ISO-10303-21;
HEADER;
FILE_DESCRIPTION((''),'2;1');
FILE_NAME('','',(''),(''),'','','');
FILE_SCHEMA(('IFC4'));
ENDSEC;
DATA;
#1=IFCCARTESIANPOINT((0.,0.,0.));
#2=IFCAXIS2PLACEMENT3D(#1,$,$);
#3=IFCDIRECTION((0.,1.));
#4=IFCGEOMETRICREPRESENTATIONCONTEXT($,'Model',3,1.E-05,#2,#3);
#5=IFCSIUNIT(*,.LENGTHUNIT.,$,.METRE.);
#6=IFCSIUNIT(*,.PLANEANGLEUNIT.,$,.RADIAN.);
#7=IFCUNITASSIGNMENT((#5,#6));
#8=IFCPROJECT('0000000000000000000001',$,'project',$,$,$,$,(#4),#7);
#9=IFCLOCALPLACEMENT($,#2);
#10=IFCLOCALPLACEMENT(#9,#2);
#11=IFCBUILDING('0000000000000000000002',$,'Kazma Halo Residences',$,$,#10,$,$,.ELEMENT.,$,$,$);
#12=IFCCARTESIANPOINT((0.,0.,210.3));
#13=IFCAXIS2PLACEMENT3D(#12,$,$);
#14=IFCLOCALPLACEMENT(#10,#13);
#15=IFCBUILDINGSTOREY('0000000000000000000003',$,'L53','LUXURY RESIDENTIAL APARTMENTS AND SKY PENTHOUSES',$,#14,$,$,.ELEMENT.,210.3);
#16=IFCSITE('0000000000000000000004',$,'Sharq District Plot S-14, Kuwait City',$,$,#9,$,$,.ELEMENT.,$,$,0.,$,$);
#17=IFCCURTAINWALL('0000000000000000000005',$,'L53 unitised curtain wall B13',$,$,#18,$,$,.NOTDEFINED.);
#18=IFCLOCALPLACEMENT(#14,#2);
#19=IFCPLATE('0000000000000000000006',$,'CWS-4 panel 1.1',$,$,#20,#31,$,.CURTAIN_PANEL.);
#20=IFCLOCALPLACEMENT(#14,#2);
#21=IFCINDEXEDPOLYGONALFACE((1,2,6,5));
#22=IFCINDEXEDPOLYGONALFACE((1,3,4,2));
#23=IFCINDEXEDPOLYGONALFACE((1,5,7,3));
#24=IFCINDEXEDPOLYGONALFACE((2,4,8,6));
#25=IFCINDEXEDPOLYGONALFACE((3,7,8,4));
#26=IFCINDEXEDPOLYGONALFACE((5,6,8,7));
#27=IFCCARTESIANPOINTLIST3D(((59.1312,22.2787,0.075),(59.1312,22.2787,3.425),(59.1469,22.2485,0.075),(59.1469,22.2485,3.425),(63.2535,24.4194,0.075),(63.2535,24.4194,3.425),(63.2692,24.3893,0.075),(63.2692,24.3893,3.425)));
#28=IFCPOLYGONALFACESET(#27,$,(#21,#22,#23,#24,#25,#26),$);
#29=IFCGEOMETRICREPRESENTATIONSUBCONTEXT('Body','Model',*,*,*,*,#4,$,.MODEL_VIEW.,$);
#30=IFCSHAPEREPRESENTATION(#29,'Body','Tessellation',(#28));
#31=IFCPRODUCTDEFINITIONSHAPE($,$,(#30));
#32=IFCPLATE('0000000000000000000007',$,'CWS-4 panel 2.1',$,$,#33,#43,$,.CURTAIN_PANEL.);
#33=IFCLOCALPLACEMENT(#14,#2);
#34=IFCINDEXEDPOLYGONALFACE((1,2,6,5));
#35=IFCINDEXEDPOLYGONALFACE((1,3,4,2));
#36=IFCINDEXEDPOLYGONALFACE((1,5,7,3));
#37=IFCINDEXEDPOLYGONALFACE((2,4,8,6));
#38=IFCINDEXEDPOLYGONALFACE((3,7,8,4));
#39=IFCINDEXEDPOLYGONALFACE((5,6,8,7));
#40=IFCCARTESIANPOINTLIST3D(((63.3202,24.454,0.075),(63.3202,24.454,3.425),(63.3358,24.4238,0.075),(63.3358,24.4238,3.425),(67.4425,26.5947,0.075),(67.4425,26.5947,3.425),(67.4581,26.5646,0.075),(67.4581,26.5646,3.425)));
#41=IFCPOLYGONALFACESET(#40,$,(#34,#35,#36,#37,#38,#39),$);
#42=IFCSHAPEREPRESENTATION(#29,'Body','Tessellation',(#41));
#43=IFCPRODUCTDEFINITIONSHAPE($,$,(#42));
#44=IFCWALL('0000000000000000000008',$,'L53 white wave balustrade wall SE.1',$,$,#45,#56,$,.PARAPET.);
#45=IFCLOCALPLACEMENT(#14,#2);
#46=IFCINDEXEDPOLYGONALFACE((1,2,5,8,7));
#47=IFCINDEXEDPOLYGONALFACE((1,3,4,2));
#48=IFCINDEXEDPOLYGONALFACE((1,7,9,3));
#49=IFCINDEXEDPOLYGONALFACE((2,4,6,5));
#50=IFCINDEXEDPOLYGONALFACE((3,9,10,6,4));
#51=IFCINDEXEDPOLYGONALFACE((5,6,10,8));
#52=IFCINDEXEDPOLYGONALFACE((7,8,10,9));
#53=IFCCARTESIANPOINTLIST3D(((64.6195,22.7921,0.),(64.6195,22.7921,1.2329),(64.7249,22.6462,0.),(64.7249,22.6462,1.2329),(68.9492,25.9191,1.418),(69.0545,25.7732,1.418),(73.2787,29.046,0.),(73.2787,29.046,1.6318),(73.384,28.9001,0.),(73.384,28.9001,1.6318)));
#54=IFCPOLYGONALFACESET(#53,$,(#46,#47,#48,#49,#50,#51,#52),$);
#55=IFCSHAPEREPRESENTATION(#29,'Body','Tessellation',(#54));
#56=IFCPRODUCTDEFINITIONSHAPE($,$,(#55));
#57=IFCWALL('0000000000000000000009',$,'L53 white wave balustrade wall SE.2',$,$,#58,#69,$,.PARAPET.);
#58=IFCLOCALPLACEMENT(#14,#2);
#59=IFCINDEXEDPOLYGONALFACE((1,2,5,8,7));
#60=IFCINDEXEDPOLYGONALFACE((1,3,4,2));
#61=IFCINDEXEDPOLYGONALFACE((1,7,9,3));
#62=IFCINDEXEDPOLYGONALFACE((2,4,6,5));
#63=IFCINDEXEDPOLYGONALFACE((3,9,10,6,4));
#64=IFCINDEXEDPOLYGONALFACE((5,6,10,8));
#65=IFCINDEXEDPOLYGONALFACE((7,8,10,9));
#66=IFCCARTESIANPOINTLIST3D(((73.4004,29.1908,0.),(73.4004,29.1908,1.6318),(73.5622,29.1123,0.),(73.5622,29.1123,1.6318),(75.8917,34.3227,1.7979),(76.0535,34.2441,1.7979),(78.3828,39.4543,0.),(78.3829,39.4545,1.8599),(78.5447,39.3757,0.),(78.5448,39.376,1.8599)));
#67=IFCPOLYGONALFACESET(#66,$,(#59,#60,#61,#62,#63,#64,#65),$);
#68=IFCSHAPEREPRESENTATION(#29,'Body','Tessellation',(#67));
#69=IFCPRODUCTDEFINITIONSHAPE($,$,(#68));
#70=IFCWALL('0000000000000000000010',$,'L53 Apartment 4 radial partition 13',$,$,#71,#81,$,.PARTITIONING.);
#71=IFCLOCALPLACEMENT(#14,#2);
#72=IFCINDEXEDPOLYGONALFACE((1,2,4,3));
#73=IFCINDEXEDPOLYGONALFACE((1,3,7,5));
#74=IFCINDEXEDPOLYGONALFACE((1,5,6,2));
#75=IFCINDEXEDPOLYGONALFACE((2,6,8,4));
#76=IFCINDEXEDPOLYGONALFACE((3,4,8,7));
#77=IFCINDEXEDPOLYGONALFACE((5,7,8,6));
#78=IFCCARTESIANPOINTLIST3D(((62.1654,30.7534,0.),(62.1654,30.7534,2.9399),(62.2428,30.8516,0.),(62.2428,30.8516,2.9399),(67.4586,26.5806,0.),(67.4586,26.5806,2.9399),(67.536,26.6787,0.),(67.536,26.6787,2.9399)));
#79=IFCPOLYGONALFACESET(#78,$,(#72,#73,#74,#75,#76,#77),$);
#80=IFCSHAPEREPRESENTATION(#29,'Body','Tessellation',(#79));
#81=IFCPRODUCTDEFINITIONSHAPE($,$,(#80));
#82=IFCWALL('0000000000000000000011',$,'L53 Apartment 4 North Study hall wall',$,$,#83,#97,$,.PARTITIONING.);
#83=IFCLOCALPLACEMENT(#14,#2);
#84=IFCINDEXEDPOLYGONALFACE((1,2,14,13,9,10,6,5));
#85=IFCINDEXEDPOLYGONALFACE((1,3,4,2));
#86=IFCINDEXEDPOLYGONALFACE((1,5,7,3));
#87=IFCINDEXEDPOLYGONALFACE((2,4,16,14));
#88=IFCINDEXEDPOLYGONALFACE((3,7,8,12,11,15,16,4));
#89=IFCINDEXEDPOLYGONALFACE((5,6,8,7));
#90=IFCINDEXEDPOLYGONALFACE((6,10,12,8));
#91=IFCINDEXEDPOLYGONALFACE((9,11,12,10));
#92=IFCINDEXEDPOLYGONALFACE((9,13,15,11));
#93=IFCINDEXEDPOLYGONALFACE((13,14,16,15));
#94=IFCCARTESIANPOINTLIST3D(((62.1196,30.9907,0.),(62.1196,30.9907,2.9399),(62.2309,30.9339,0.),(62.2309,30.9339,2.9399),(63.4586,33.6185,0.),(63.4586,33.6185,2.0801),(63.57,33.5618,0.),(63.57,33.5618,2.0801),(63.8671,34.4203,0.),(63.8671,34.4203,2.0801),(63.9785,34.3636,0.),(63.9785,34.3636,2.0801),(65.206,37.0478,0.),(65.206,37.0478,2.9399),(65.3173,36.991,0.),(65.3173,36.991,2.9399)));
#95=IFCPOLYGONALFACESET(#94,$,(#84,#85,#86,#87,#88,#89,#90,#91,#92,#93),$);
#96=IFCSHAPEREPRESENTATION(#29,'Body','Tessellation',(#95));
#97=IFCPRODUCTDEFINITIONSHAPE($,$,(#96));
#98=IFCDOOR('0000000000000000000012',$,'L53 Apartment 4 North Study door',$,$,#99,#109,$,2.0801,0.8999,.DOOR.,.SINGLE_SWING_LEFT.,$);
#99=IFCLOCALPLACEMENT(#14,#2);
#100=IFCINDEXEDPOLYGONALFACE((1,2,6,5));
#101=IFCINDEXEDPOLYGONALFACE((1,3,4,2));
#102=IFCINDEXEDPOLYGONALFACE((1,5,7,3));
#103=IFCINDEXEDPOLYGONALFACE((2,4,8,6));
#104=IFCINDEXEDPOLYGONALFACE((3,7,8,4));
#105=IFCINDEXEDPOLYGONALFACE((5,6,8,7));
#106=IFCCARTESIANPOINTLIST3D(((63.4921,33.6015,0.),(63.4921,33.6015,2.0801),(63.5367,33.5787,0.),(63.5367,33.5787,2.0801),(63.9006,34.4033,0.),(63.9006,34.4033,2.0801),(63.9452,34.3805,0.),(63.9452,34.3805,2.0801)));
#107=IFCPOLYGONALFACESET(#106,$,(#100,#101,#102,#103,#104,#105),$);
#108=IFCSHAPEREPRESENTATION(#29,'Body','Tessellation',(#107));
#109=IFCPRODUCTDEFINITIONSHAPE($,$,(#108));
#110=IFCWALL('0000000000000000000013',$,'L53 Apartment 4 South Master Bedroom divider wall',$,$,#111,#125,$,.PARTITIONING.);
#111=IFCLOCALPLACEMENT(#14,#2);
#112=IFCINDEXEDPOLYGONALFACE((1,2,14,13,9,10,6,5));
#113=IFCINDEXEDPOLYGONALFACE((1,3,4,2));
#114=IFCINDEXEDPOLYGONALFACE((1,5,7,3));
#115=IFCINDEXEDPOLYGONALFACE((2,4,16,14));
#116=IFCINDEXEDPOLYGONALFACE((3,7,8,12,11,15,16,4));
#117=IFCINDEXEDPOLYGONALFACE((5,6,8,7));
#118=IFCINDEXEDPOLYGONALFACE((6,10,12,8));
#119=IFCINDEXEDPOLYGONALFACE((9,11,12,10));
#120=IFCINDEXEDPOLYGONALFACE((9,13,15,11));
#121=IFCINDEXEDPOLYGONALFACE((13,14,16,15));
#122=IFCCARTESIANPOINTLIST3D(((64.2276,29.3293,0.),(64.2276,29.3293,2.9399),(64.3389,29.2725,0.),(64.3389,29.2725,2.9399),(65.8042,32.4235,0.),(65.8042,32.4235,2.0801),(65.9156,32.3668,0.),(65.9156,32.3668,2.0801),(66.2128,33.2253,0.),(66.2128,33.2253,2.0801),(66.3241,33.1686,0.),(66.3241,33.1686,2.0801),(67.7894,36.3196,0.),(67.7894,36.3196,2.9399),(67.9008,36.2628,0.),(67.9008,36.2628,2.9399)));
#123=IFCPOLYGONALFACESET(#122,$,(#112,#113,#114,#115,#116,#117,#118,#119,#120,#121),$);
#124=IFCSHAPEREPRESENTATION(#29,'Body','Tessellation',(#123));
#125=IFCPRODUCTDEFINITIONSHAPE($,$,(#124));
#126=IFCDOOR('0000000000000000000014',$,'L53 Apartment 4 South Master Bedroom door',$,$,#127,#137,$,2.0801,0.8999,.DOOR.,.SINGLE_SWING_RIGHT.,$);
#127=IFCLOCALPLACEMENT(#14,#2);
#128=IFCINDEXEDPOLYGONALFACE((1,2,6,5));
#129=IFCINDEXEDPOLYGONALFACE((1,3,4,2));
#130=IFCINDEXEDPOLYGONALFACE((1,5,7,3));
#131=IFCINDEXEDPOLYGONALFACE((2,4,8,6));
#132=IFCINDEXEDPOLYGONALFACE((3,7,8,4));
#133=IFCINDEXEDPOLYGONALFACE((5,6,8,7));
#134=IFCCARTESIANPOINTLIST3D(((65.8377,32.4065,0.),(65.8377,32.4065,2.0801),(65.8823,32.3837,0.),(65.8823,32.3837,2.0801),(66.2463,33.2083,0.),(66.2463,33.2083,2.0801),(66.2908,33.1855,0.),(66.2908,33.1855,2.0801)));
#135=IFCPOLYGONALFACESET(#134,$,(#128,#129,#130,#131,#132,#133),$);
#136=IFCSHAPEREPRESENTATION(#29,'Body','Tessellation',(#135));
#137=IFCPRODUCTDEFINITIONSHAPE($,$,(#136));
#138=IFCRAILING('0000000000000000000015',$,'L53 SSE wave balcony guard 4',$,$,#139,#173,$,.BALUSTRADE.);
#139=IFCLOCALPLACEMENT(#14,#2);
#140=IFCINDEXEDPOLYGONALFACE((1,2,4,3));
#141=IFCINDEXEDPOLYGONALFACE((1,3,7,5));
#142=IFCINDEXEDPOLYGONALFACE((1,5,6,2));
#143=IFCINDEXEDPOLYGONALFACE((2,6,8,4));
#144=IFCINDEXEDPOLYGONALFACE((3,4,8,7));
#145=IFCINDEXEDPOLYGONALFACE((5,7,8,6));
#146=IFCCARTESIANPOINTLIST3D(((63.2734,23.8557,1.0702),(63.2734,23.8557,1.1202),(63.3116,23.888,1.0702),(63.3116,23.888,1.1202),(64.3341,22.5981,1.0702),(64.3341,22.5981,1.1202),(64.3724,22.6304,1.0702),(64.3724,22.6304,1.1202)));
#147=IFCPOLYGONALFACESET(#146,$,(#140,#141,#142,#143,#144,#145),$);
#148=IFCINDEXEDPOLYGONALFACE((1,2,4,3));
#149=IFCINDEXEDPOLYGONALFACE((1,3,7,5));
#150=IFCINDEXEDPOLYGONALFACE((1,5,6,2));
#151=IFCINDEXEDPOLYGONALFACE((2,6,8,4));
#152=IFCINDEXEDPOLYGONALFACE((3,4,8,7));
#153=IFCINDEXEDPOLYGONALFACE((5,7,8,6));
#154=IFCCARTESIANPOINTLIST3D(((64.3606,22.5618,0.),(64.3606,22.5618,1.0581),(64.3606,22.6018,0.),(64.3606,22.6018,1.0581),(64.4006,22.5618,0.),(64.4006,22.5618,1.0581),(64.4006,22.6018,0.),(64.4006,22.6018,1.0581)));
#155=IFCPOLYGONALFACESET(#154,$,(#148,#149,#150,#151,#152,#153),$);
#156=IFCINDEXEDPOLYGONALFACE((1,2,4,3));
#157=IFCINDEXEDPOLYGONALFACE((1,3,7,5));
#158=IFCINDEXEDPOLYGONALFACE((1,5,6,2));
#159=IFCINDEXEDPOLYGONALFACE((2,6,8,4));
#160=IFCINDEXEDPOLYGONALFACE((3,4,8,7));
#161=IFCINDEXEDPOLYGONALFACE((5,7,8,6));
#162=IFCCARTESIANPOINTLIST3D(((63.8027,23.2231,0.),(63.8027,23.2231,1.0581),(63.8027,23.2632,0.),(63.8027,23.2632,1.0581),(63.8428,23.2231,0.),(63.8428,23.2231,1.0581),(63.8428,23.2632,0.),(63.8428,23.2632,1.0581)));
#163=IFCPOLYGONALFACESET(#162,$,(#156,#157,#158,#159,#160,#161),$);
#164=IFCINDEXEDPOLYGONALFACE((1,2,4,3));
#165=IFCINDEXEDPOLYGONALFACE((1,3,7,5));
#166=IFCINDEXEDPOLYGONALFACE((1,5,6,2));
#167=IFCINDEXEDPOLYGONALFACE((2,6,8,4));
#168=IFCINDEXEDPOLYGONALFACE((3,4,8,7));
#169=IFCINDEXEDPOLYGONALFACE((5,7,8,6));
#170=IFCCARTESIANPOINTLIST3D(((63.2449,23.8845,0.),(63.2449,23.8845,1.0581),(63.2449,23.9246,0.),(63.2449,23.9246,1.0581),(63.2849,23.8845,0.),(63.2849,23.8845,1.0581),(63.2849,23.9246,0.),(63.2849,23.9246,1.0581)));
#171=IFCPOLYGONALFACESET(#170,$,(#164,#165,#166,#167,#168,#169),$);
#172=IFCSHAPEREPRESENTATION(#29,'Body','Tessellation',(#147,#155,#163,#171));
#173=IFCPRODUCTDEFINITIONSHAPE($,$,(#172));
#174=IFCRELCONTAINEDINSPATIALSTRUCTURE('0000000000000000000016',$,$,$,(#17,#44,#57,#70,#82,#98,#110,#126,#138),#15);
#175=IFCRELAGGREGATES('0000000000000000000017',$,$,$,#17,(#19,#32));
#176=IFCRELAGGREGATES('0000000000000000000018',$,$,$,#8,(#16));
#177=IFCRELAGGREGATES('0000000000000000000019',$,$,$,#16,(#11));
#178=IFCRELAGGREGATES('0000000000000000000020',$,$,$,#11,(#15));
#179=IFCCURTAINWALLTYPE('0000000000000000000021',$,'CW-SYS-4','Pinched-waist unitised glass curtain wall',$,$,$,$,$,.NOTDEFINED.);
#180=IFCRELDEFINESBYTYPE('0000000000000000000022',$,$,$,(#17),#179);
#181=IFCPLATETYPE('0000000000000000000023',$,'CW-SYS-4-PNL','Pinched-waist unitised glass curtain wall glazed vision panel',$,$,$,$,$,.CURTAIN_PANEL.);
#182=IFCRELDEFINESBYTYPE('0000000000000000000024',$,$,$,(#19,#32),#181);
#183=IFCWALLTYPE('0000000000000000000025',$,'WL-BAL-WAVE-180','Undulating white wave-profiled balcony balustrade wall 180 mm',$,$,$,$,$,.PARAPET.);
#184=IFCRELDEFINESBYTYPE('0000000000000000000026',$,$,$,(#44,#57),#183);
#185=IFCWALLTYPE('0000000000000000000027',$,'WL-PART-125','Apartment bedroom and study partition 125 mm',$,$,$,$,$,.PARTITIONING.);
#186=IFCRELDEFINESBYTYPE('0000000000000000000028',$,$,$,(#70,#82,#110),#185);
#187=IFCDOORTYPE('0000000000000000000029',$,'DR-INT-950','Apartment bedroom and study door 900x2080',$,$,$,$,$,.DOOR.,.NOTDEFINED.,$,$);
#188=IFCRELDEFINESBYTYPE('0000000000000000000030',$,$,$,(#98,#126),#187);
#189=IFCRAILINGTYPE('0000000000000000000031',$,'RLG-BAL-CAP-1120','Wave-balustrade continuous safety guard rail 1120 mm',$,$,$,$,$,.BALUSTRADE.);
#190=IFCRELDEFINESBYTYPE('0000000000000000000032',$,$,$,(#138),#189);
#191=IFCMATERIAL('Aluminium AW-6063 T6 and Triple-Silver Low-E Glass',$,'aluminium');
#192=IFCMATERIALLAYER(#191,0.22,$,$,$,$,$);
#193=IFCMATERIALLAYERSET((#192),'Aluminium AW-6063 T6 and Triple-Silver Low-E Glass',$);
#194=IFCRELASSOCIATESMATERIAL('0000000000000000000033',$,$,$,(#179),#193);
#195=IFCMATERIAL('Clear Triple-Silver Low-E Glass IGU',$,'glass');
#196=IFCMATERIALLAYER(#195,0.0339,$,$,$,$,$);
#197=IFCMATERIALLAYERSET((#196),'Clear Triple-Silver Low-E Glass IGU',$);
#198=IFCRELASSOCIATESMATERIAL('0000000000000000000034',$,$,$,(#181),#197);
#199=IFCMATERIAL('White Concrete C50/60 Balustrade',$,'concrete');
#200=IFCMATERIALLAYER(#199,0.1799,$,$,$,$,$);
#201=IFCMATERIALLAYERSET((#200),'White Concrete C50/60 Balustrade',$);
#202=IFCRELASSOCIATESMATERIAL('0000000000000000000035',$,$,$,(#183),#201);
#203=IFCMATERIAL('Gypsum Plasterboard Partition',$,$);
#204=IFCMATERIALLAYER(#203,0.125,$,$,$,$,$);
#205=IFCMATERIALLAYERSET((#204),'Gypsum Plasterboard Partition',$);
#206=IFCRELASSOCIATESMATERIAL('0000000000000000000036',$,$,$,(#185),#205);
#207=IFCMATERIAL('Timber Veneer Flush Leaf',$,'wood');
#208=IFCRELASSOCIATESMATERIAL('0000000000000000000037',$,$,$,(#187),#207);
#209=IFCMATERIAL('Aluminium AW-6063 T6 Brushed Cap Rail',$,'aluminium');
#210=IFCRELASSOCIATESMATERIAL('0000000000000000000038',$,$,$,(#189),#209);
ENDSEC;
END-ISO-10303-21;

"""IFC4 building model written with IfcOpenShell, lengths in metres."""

from ifc_helpers import new_model, si_unit, direction, frame, frame_2d, origin, origin_2d, place, context, subcontext, project, spatial, polyline, rectangle, outline, extrude, material, layer, layer_set, type_object, element, fill, aggregate, save


model = new_model("IFC4")

# Units and contexts
model_context = context("Model", 3, precision=1e-05, world=origin(), true_north=direction((0.0, 1.0)))
body_context = subcontext(model_context, "Body", "Model", "MODEL_VIEW")
ifc_project = project(units=[si_unit("LENGTHUNIT", "METRE"), si_unit("PLANEANGLEUNIT", "RADIAN")], contexts=[model_context])

# Site, building, storey
site_placement = place(None, origin())
site = spatial("IfcSite", under=ifc_project, at=site_placement, Name="Sharq District Plot S-14, Kuwait City", CompositionType="ELEMENT", RefElevation=0.0)
building_placement = place(site_placement, origin())
building = spatial("IfcBuilding", under=site, at=building_placement, Name="Kazma Halo Residences", CompositionType="ELEMENT")
storey_placement = place(building_placement, frame((0.0, 0.0, 210.3)))
storey = spatial("IfcBuildingStorey", under=building, at=storey_placement, Name="L53", Description="LUXURY RESIDENTIAL APARTMENTS AND SKY PENTHOUSES", CompositionType="ELEMENT", Elevation=210.3)

# Curtain wall, plates
ifc_material_1 = material(Name="Aluminium AW-6063 T6 and Triple-Silver Low-E Glass", Category="aluminium")
ifc_layer_1 = layer(ifc_material_1, 0.22)
ifc_layer_set_1 = layer_set([ifc_layer_1], Name="Aluminium AW-6063 T6 and Triple-Silver Low-E Glass")
curtain_wall_type = type_object("IfcCurtainWallType", Name="CW-SYS-4", Description="Pinched-waist unitised glass curtain wall", PredefinedType="NOTDEFINED", material=ifc_layer_set_1)
curtain_wall_placement = place(storey_placement, origin())
curtain_wall = element("IfcCurtainWall", 1, at=curtain_wall_placement, inside=storey, type_object=curtain_wall_type, Name="L53 unitised curtain wall B13", PredefinedType="NOTDEFINED")
ifc_material_2 = material(Name="Clear Triple-Silver Low-E Glass IGU", Category="glass")
ifc_layer_2 = layer(ifc_material_2, 0.0339)
ifc_layer_set_2 = layer_set([ifc_layer_2], Name="Clear Triple-Silver Low-E Glass IGU")
plate_type = type_object("IfcPlateType", Name="CW-SYS-4-PNL", Description="Pinched-waist unitised glass curtain wall glazed vision panel", PredefinedType="CURTAIN_PANEL", material=ifc_layer_set_2)
plate_1_placement = place(storey_placement, frame((61.2002, 23.334, 0.075), z_axis=(0.0, 0.0, 1.0), x_axis=(0.887466, 0.460874, 0.0)))
plate_1 = element("IfcPlate", 2, at=plate_1_placement, type_object=plate_type, Name="CWS-4 panel 1.1", PredefinedType="CURTAIN_PANEL", context=body_context, shape_type="SweptSolid", body=[
    extrude(rectangle(XDim=4.645, YDim=0.0339, at=origin_2d()), origin(), (0.0, 0.0, 1.0), 3.3501),
])
plate_2_placement = place(storey_placement, frame((65.3892, 25.5093, 0.075), z_axis=(0.0, 0.0, 1.0), x_axis=(0.887466, 0.460874, 0.0)))
plate_2 = element("IfcPlate", 3, at=plate_2_placement, type_object=plate_type, Name="CWS-4 panel 2.1", PredefinedType="CURTAIN_PANEL", context=body_context, shape_type="SweptSolid", body=[
    extrude(rectangle(XDim=4.645, YDim=0.0339, at=origin_2d()), origin(), (0.0, 0.0, 1.0), 3.3501),
])
aggregate(curtain_wall, [plate_1, plate_2])

# Walls
ifc_material_3 = material(Name="White Concrete C50/60 Balustrade", Category="concrete")
ifc_layer_3 = layer(ifc_material_3, 0.1799)
ifc_layer_set_3 = layer_set([ifc_layer_3], Name="White Concrete C50/60 Balustrade")
wall_type_1 = type_object("IfcWallType", Name="WL-BAL-WAVE-180", Description="Undulating white wave-profiled balcony balustrade wall 180 mm", PredefinedType="PARAPET", material=ifc_layer_set_3)
wall_1_placement = place(storey_placement, frame((64.6721, 22.7192, 0.0), z_axis=(0.0, 0.0, 1.0), x_axis=(0.810677, 0.585494, 0.0)))
element("IfcWall", 4, at=wall_1_placement, inside=storey, type_object=wall_type_1, Name="L53 white wave balustrade wall SE.1", PredefinedType="PARAPET", context=body_context, shape_type="SweptSolid", body=[
    extrude(outline(polyline([(0.0, 0.0), (10.6814, 0.0), (10.6814, 1.6318), (5.3408, 1.418), (0.0, 1.2329), (0.0, 0.0)])), frame((0.0, 0.0898, 0.0), z_axis=(0.0, -1.0, 0.0), x_axis=(1.0, 0.0, 0.0)), (0.0, 0.0, 1.0), 0.1799),
])
wall_2_placement = place(storey_placement, frame((73.4812, 29.1516, 0.0), z_axis=(0.0, 0.0, 1.0), x_axis=(0.436714, 0.8996, 0.0)))
element("IfcWall", 5, at=wall_2_placement, inside=storey, type_object=wall_type_1, Name="L53 white wave balustrade wall SE.2", PredefinedType="PARAPET", context=body_context, shape_type="SweptSolid", body=[
    extrude(outline(polyline([(0.0, 0.0), (11.4089, 0.0), (11.4092, 1.8599), (5.7046, 1.7979), (0.0, 1.6318), (0.0, 0.0)])), frame((0.0, 0.0898, 0.0), z_axis=(0.0, -1.0, 0.0), x_axis=(1.0, 0.0, 0.0)), (0.0, 0.0, 1.0), 0.1799),
])

# Wall
ifc_material_4 = material(Name="Gypsum Plasterboard Partition")
ifc_layer_4 = layer(ifc_material_4, 0.125)
ifc_layer_set_4 = layer_set([ifc_layer_4], Name="Gypsum Plasterboard Partition")
wall_type_2 = type_object("IfcWallType", Name="WL-PART-125", Description="Apartment bedroom and study partition 125 mm", PredefinedType="PARTITIONING", material=ifc_layer_set_4)
wall_3_placement = place(storey_placement, frame((62.2041, 30.8025, 0.0), z_axis=(0.0, 0.0, 1.0), x_axis=(0.785316, -0.619096, 0.0)))
element("IfcWall", 6, at=wall_3_placement, inside=storey, type_object=wall_type_2, Name="L53 Apartment 4 radial partition 13", PredefinedType="PARTITIONING", context=body_context, shape_type="SweptSolid", body=[
    extrude(rectangle(XDim=6.7402, YDim=0.125, at=frame_2d((3.3701, 0.0))), origin(), (0.0, 0.0, 1.0), 2.9399),
])

# Walls, openings, doors
wall_4_placement = place(storey_placement, frame((62.1753, 30.9624, 0.0), z_axis=(0.0, 0.0, 1.0), x_axis=(0.45401, 0.890997, 0.0)))
wall_4 = element("IfcWall", 7, at=wall_4_placement, inside=storey, type_object=wall_type_2, Name="L53 Apartment 4 North Study hall wall", PredefinedType="PARTITIONING", context=body_context, shape_type="SweptSolid", body=[
    extrude(rectangle(XDim=6.7981, YDim=0.125, at=frame_2d((3.3989, 0.0))), origin(), (0.0, 0.0, 1.0), 2.9399),
])
opening_1_placement = place(wall_4_placement, frame((2.9492, 0.0, 0.0)))
opening_1 = element("IfcOpeningElement", 8, at=opening_1_placement, cuts=wall_4, PredefinedType="OPENING", context=body_context, shape_type="SweptSolid", body=[
    extrude(rectangle(XDim=0.8999, YDim=2.0801, at=frame_2d((0.45, 1.04))), frame((0.0, 0.0725, 0.0), z_axis=(0.0, -1.0, 0.0), x_axis=(1.0, 0.0, 0.0)), (0.0, 0.0, 1.0), 0.145),
])
ifc_material_5 = material(Name="Timber Veneer Flush Leaf", Category="wood")
door_type_1 = type_object("IfcDoorType", Name="DR-INT-950", Description="Apartment bedroom and study door 900x2080", OperationType="NOTDEFINED", PredefinedType="DOOR", material=ifc_material_5)
door_1_placement = place(opening_1_placement, origin())
door_1 = element("IfcDoor", 9, at=door_1_placement, inside=storey, type_object=door_type_1, Name="L53 Apartment 4 North Study door", OperationType="SINGLE_SWING_LEFT", OverallHeight=2.0801, OverallWidth=0.8999, PredefinedType="DOOR", context=body_context, shape_type="SweptSolid", body=[
    extrude(rectangle(XDim=0.8999, YDim=2.0801, at=frame_2d((0.45, 1.04))), frame((0.0, 0.0249, 0.0), z_axis=(0.0, -1.0, 0.0), x_axis=(1.0, 0.0, 0.0)), (0.0, 0.0, 1.0), 0.05),
])
fill(opening_1, door_1)
wall_5_placement = place(storey_placement, frame((64.2832, 29.3008, 0.0), z_axis=(0.0, 0.0, 1.0), x_axis=(0.453997, 0.891003, 0.0)))
wall_5 = element("IfcWall", 10, at=wall_5_placement, inside=storey, type_object=wall_type_2, Name="L53 Apartment 4 South Master Bedroom divider wall", PredefinedType="PARTITIONING", context=body_context, shape_type="SweptSolid", body=[
    extrude(rectangle(XDim=7.8455, YDim=0.125, at=frame_2d((3.9229, 0.0))), origin(), (0.0, 0.0, 1.0), 2.9399),
])
opening_2_placement = place(wall_5_placement, frame((3.4729, 0.0, 0.0)))
opening_2 = element("IfcOpeningElement", 11, at=opening_2_placement, cuts=wall_5, PredefinedType="OPENING", context=body_context, shape_type="SweptSolid", body=[
    extrude(rectangle(XDim=0.8999, YDim=2.0801, at=frame_2d((0.45, 1.04))), frame((0.0, 0.0725, 0.0), z_axis=(0.0, -1.0, 0.0), x_axis=(1.0, 0.0, 0.0)), (0.0, 0.0, 1.0), 0.145),
])
door_2_placement = place(opening_2_placement, origin())
door_2 = element("IfcDoor", 12, at=door_2_placement, inside=storey, type_object=door_type_1, Name="L53 Apartment 4 South Master Bedroom door", OperationType="SINGLE_SWING_RIGHT", OverallHeight=2.0801, OverallWidth=0.8999, PredefinedType="DOOR", context=body_context, shape_type="SweptSolid", body=[
    extrude(rectangle(XDim=0.8999, YDim=2.0801, at=frame_2d((0.45, 1.04))), frame((0.0, 0.0249, 0.0), z_axis=(0.0, -1.0, 0.0), x_axis=(1.0, 0.0, 0.0)), (0.0, 0.0, 1.0), 0.05),
])
fill(opening_2, door_2)

# Railing
ifc_material_6 = material(Name="Aluminium AW-6063 T6 Brushed Cap Rail", Category="aluminium")
railing_type = type_object("IfcRailingType", Name="RLG-BAL-CAP-1120", Description="Wave-balustrade continuous safety guard rail 1120 mm", PredefinedType="BALUSTRADE", material=ifc_material_6)
railing_1_placement = place(storey_placement, frame((64.3806, 22.5818, 0.0)))
element("IfcRailing", 13, at=railing_1_placement, inside=storey, type_object=railing_type, Name="L53 SSE wave balcony guard 4", PredefinedType="BALUSTRADE", context=body_context, shape_type="SweptSolid", body=[
    extrude(rectangle(XDim=0.05, YDim=0.05, at=origin_2d()), frame((-0.0273, 0.0325, 1.0952), z_axis=(-0.644752, 0.764391, 0.0), x_axis=(-0.764391, -0.644752, 0.0)), (0.0, 0.0, 1.0), 1.6453),
    extrude(rectangle(XDim=0.04, YDim=0.04, at=origin_2d()), origin(), (0.0, 0.0, 1.0), 1.0581),
    extrude(rectangle(XDim=0.04, YDim=0.04, at=origin_2d()), frame((-0.5579, 0.6614, 0.0)), (0.0, 0.0, 1.0), 1.0581),
    extrude(rectangle(XDim=0.04, YDim=0.04, at=origin_2d()), frame((-1.1157, 1.3228, 0.0)), (0.0, 0.0, 1.0), 1.0581),
])

save(model, "model.ifc")
